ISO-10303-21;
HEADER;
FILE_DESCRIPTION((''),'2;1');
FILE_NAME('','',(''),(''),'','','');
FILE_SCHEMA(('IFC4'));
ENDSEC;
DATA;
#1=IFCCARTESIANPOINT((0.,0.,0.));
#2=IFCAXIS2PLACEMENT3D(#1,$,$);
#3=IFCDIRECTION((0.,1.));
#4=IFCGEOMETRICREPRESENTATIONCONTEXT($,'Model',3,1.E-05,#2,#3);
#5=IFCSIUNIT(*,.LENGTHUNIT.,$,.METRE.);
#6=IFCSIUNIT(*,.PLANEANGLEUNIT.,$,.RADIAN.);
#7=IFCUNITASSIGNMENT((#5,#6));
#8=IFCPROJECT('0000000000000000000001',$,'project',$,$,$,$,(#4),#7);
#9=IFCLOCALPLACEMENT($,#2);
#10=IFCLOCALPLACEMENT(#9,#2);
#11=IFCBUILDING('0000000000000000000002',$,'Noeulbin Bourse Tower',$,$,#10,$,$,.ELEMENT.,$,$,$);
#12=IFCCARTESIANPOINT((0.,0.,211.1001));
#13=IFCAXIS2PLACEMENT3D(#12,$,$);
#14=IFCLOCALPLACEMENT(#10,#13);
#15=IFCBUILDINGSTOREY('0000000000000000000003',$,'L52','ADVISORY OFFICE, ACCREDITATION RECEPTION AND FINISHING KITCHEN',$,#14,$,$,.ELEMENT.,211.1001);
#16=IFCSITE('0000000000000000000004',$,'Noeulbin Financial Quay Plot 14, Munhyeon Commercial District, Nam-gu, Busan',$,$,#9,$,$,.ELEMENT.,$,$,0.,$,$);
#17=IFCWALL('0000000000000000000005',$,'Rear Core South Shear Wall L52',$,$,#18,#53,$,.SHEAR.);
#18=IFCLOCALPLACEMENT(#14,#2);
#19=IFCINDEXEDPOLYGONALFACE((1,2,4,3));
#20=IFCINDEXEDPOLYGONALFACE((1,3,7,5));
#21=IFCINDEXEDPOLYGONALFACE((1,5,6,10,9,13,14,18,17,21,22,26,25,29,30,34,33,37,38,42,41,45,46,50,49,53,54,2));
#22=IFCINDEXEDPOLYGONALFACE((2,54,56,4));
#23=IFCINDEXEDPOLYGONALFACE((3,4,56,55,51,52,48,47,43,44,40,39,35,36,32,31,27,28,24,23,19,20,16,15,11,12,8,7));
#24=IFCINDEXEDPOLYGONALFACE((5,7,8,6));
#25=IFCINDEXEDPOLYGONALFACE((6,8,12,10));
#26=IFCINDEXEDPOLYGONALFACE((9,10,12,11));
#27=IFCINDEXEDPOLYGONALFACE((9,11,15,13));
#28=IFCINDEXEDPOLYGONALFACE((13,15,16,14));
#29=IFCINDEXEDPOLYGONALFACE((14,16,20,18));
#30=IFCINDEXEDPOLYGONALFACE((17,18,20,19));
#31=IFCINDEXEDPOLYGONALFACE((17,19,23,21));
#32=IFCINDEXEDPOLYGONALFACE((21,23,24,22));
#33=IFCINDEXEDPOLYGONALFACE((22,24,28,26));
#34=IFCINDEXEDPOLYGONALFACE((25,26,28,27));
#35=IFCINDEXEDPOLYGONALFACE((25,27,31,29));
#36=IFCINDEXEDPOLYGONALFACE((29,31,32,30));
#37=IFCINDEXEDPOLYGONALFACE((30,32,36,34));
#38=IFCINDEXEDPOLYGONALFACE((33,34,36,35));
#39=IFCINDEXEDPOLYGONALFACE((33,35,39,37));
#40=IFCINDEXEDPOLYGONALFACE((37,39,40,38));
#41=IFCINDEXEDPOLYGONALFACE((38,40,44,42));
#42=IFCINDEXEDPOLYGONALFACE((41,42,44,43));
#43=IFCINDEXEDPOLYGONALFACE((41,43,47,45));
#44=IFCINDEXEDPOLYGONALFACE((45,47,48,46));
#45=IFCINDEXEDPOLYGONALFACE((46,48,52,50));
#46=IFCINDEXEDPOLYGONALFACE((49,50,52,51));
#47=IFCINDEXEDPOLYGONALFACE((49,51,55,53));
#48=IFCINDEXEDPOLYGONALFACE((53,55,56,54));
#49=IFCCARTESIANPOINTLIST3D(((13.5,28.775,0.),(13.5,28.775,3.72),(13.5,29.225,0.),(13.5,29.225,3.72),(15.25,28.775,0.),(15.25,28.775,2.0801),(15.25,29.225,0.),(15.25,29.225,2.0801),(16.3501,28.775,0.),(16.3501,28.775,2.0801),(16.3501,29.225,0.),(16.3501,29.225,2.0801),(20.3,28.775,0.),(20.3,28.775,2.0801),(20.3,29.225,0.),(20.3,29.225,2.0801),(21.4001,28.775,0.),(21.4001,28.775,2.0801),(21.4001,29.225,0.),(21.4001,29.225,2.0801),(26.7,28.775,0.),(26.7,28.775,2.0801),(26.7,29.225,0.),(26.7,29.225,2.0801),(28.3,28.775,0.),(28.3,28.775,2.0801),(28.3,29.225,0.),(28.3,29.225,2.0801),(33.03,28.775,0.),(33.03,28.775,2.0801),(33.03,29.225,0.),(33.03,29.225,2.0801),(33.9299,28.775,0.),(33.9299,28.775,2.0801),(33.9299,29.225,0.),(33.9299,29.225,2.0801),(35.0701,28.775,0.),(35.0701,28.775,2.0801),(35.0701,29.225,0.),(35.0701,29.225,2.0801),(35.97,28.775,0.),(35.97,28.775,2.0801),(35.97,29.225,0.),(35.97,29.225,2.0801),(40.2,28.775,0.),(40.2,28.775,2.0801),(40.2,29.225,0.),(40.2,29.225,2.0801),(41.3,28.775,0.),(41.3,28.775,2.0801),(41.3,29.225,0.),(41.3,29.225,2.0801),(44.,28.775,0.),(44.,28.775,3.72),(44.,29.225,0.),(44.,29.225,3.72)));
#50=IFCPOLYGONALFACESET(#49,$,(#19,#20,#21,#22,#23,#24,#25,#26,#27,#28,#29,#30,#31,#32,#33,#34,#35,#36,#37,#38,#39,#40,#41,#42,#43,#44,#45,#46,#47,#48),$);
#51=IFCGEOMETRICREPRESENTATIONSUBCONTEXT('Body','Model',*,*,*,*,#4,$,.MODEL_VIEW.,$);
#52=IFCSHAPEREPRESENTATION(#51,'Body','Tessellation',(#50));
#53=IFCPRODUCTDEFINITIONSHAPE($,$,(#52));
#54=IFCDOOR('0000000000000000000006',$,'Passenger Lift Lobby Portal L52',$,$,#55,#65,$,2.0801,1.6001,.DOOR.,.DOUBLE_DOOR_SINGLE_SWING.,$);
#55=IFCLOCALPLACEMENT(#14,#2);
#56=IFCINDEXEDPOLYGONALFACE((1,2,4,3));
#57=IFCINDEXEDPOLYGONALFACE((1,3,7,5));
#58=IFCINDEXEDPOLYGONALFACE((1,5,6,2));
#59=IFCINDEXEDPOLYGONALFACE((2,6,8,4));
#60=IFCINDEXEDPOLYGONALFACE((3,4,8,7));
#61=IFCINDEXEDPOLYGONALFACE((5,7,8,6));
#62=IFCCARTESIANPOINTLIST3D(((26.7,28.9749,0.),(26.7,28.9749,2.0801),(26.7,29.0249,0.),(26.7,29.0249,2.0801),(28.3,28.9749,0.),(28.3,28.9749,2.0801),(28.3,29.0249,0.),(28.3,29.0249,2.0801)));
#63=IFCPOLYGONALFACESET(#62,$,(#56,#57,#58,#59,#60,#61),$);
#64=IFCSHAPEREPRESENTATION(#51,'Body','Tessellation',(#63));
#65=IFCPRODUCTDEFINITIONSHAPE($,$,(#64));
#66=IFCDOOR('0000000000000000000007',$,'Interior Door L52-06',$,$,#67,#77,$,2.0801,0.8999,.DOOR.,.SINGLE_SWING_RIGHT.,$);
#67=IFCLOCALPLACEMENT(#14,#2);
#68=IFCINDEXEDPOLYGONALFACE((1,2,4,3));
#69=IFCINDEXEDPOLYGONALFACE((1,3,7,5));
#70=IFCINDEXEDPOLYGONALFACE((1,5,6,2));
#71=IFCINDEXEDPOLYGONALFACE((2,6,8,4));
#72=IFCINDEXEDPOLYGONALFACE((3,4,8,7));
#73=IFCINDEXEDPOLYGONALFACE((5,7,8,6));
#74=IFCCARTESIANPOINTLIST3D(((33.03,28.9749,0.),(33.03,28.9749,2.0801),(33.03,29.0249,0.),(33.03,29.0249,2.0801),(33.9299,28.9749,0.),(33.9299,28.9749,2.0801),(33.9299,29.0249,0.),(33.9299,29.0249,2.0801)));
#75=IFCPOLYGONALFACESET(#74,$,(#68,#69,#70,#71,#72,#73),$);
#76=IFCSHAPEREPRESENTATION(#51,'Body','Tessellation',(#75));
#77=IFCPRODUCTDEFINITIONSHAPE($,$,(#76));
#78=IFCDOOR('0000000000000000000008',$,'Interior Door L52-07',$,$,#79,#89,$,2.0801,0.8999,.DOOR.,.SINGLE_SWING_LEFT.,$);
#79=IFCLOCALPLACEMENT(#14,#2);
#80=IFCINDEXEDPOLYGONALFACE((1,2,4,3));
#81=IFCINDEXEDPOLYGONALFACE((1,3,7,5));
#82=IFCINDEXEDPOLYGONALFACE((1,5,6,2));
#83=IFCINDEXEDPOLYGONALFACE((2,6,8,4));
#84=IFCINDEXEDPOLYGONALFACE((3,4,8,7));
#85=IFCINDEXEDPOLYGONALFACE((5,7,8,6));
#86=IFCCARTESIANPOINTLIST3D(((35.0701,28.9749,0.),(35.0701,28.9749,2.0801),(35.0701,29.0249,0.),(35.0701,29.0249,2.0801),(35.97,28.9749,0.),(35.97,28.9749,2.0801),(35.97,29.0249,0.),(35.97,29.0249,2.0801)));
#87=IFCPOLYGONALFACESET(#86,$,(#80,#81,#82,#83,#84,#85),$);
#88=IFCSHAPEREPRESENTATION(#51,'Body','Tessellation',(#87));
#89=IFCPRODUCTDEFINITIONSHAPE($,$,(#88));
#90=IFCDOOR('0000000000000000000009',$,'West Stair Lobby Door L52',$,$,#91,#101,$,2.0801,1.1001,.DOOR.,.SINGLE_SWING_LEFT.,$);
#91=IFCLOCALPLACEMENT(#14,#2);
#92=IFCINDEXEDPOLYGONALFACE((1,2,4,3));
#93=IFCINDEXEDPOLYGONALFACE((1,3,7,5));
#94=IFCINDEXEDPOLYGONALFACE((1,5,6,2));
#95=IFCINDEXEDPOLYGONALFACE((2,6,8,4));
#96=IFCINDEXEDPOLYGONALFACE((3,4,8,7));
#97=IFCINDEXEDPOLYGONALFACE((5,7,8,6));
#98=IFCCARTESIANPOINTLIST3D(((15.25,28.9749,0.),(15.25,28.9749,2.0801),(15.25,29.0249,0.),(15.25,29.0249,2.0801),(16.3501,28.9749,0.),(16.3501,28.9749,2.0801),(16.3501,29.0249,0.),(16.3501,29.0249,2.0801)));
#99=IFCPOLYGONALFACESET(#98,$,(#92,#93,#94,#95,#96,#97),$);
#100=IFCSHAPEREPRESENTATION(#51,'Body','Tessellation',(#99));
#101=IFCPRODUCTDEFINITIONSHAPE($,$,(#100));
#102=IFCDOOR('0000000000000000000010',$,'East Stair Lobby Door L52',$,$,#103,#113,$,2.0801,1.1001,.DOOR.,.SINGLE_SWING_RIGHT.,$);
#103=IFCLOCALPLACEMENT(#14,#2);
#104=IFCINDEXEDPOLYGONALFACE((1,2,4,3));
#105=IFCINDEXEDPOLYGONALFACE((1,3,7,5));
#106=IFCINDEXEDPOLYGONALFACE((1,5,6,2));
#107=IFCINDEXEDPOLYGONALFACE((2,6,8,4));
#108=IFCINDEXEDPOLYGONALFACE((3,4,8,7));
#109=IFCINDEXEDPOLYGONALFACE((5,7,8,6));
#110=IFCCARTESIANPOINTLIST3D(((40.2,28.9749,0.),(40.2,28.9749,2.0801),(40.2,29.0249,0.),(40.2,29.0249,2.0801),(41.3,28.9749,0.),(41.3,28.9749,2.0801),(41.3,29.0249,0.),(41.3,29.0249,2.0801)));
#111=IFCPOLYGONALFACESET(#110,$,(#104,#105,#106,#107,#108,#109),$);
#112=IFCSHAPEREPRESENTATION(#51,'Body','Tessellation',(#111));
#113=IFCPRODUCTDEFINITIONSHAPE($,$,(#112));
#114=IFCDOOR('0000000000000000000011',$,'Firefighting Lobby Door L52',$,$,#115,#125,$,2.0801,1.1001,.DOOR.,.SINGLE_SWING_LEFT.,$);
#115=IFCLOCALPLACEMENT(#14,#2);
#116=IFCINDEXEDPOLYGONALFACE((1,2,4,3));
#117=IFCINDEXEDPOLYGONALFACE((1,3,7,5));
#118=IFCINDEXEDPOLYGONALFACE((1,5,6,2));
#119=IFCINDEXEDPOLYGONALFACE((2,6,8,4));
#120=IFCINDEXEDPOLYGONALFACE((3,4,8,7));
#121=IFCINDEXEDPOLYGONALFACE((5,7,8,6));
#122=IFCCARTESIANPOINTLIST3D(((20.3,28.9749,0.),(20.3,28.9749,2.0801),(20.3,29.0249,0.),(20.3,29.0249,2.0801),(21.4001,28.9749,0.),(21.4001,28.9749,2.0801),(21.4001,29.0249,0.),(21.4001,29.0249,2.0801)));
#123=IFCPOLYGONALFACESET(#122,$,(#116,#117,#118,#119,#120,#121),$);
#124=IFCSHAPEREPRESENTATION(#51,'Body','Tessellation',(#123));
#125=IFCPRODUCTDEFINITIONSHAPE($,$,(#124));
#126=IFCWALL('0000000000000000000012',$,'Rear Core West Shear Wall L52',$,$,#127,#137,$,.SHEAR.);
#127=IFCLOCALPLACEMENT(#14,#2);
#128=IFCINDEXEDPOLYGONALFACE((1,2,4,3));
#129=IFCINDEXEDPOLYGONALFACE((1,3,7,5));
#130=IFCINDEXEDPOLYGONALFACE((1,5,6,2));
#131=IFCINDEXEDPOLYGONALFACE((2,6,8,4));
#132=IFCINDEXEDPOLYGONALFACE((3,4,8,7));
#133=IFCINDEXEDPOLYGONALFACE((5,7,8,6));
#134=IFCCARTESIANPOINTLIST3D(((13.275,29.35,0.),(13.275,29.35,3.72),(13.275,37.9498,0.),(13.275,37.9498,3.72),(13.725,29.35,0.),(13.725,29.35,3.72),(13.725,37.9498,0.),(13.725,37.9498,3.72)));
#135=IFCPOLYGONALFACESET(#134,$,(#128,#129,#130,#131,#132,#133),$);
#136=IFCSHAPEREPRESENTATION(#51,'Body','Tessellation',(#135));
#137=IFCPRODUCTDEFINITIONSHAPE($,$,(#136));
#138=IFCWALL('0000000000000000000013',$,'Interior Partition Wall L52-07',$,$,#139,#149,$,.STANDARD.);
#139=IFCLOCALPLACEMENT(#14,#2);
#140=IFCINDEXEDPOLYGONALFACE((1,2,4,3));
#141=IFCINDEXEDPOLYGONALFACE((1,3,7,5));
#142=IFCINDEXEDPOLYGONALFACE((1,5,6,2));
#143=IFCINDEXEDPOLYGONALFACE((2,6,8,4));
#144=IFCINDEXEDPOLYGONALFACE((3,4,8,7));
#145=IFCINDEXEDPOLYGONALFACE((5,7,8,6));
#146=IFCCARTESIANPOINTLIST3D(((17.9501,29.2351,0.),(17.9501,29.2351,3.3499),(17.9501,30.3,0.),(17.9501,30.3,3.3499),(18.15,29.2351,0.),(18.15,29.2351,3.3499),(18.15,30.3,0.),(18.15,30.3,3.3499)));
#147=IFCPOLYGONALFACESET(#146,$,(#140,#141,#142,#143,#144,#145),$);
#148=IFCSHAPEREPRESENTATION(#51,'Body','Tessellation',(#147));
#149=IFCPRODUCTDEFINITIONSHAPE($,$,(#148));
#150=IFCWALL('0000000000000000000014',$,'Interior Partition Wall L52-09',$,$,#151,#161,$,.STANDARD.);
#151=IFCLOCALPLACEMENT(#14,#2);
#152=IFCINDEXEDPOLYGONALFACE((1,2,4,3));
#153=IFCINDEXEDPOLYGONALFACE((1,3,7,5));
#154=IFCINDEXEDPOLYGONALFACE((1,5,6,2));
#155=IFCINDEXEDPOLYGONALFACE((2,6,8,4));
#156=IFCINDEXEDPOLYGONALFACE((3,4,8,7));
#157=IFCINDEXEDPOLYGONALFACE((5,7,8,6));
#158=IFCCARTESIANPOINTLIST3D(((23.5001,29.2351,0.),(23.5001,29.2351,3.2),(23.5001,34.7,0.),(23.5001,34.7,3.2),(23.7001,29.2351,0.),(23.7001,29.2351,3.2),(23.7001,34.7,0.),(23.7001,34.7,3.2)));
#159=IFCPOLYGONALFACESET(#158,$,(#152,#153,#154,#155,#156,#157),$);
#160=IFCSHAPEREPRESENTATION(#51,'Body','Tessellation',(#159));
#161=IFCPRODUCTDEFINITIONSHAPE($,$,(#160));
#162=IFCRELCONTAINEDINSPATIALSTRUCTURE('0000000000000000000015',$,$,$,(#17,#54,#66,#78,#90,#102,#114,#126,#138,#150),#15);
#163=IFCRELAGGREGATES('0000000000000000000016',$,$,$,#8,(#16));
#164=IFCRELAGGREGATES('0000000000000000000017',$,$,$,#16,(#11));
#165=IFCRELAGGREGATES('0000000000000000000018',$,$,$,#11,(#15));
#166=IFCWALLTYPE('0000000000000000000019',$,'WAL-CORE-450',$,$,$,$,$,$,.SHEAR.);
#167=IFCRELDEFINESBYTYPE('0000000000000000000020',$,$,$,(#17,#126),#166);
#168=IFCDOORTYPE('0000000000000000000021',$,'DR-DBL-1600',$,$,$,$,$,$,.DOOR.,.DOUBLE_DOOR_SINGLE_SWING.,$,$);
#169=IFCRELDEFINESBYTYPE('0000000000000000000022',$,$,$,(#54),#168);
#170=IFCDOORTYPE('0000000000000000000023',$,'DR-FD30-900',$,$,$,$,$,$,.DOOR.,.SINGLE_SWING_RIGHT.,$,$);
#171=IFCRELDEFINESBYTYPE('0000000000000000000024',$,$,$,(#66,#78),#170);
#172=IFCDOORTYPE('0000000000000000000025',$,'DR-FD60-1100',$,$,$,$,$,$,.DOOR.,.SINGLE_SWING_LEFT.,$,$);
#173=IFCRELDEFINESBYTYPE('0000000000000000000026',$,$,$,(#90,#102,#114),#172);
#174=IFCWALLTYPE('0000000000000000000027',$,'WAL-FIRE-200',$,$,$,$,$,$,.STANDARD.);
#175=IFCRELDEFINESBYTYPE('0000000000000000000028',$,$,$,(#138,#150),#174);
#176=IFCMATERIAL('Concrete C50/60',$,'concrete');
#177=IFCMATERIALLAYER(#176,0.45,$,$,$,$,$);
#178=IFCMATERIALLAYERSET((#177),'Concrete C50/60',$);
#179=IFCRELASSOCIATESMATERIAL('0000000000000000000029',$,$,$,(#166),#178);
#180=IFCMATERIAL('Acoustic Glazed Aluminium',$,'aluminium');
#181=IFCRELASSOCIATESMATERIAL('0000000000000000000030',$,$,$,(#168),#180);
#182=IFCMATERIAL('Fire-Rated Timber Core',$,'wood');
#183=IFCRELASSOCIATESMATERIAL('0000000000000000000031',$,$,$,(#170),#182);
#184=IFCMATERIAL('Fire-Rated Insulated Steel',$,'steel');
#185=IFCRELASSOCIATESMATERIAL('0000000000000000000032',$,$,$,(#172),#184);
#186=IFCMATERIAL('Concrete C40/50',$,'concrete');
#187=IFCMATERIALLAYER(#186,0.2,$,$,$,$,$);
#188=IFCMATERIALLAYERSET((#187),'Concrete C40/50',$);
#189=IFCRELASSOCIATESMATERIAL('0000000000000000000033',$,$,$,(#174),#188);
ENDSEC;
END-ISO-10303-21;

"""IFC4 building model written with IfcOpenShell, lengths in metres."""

from ifc_helpers import new_model, si_unit, direction, frame, frame_2d, origin, place, context, subcontext, project, spatial, rectangle, extrude, material, layer, layer_set, type_object, element, fill, save


model = new_model("IFC4")

# Units and contexts
model_context = context("Model", 3, precision=1e-05, world=origin(), true_north=direction((0.0, 1.0)))
body_context = subcontext(model_context, "Body", "Model", "MODEL_VIEW")
ifc_project = project(units=[si_unit("LENGTHUNIT", "METRE"), si_unit("PLANEANGLEUNIT", "RADIAN")], contexts=[model_context])

# Site, building, storey
site_placement = place(None, origin())
site = spatial("IfcSite", under=ifc_project, at=site_placement, Name="Noeulbin Financial Quay Plot 14, Munhyeon Commercial District, Nam-gu, Busan", CompositionType="ELEMENT", RefElevation=0.0)
building_placement = place(site_placement, origin())
building = spatial("IfcBuilding", under=site, at=building_placement, Name="Noeulbin Bourse Tower", CompositionType="ELEMENT")
storey_placement = place(building_placement, frame((0.0, 0.0, 211.1001)))
storey = spatial("IfcBuildingStorey", under=building, at=storey_placement, Name="L52", Description="ADVISORY OFFICE, ACCREDITATION RECEPTION AND FINISHING KITCHEN", CompositionType="ELEMENT", Elevation=211.1001)

# Wall, openings, doors
ifc_material_1 = material(Name="Concrete C50/60", Category="concrete")
ifc_layer_1 = layer(ifc_material_1, 0.45)
ifc_layer_set_1 = layer_set([ifc_layer_1], Name="Concrete C50/60")
wall_type_1 = type_object("IfcWallType", Name="WAL-CORE-450", PredefinedType="SHEAR", material=ifc_layer_set_1)
wall_1_placement = place(storey_placement, frame((13.5, 29.0, 0.0), z_axis=(0.0, 0.0, 1.0), x_axis=(1.0, 0.0, 0.0)))
wall_1 = element("IfcWall", 1, at=wall_1_placement, inside=storey, type_object=wall_type_1, Name="Rear Core South Shear Wall L52", PredefinedType="SHEAR", context=body_context, shape_type="SweptSolid", body=[
    extrude(rectangle(XDim=30.5, YDim=0.45, at=frame_2d((15.25, 0.0))), origin(), (0.0, 0.0, 1.0), 3.72),
])
opening_1_placement = place(wall_1_placement, frame((1.75, 0.0, 0.0)))
opening_1 = element("IfcOpeningElement", 2, at=opening_1_placement, cuts=wall_1, PredefinedType="OPENING", context=body_context, shape_type="SweptSolid", body=[
    extrude(rectangle(XDim=1.1001, YDim=2.0801, at=frame_2d((0.55, 1.04))), frame((0.0, 0.2349, 0.0), z_axis=(0.0, -1.0, 0.0), x_axis=(1.0, 0.0, 0.0)), (0.0, 0.0, 1.0), 0.47),
])
opening_2_placement = place(wall_1_placement, frame((26.7, 0.0, 0.0)))
opening_2 = element("IfcOpeningElement", 3, at=opening_2_placement, cuts=wall_1, PredefinedType="OPENING", context=body_context, shape_type="SweptSolid", body=[
    extrude(rectangle(XDim=1.1001, YDim=2.0801, at=frame_2d((0.55, 1.04))), frame((0.0, 0.2349, 0.0), z_axis=(0.0, -1.0, 0.0), x_axis=(1.0, 0.0, 0.0)), (0.0, 0.0, 1.0), 0.47),
])
opening_3_placement = place(wall_1_placement, frame((6.8, 0.0, 0.0)))
opening_3 = element("IfcOpeningElement", 4, at=opening_3_placement, cuts=wall_1, PredefinedType="OPENING", context=body_context, shape_type="SweptSolid", body=[
    extrude(rectangle(XDim=1.1001, YDim=2.0801, at=frame_2d((0.55, 1.04))), frame((0.0, 0.2349, 0.0), z_axis=(0.0, -1.0, 0.0), x_axis=(1.0, 0.0, 0.0)), (0.0, 0.0, 1.0), 0.47),
])
opening_4_placement = place(wall_1_placement, frame((13.2, 0.0, 0.0)))
opening_4 = element("IfcOpeningElement", 5, at=opening_4_placement, cuts=wall_1, PredefinedType="OPENING", context=body_context, shape_type="SweptSolid", body=[
    extrude(rectangle(XDim=1.6001, YDim=2.0801, at=frame_2d((0.8, 1.04))), frame((0.0, 0.2349, 0.0), z_axis=(0.0, -1.0, 0.0), x_axis=(1.0, 0.0, 0.0)), (0.0, 0.0, 1.0), 0.47),
])
opening_5_placement = place(wall_1_placement, frame((19.53, 0.0, 0.0)))
opening_5 = element("IfcOpeningElement", 6, at=opening_5_placement, cuts=wall_1, PredefinedType="OPENING", context=body_context, shape_type="SweptSolid", body=[
    extrude(rectangle(XDim=0.8999, YDim=2.0801, at=frame_2d((0.45, 1.04))), frame((0.0, 0.2349, 0.0), z_axis=(0.0, -1.0, 0.0), x_axis=(1.0, 0.0, 0.0)), (0.0, 0.0, 1.0), 0.47),
])
opening_6_placement = place(wall_1_placement, frame((21.5701, 0.0, 0.0)))
opening_6 = element("IfcOpeningElement", 7, at=opening_6_placement, cuts=wall_1, PredefinedType="OPENING", context=body_context, shape_type="SweptSolid", body=[
    extrude(rectangle(XDim=0.8999, YDim=2.0801, at=frame_2d((0.45, 1.04))), frame((0.0, 0.2349, 0.0), z_axis=(0.0, -1.0, 0.0), x_axis=(1.0, 0.0, 0.0)), (0.0, 0.0, 1.0), 0.47),
])
ifc_material_2 = material(Name="Acoustic Glazed Aluminium", Category="aluminium")
door_type_1 = type_object("IfcDoorType", Name="DR-DBL-1600", OperationType="DOUBLE_DOOR_SINGLE_SWING", PredefinedType="DOOR", material=ifc_material_2)
door_1_placement = place(opening_4_placement, origin())
door_1 = element("IfcDoor", 8, at=door_1_placement, inside=storey, type_object=door_type_1, Name="Passenger Lift Lobby Portal L52", OperationType="DOUBLE_DOOR_SINGLE_SWING", OverallHeight=2.0801, OverallWidth=1.6001, PredefinedType="DOOR", context=body_context, shape_type="SweptSolid", body=[
    extrude(rectangle(XDim=1.6001, YDim=2.0801, at=frame_2d((0.8, 1.04))), frame((0.0, 0.0249, 0.0), z_axis=(0.0, -1.0, 0.0), x_axis=(1.0, 0.0, 0.0)), (0.0, 0.0, 1.0), 0.05),
])
fill(opening_4, door_1)
ifc_material_3 = material(Name="Fire-Rated Timber Core", Category="wood")
door_type_2 = type_object("IfcDoorType", Name="DR-FD30-900", OperationType="SINGLE_SWING_RIGHT", PredefinedType="DOOR", material=ifc_material_3)
door_2_placement = place(opening_5_placement, origin())
door_2 = element("IfcDoor", 9, at=door_2_placement, inside=storey, type_object=door_type_2, Name="Interior Door L52-06", OperationType="SINGLE_SWING_RIGHT", OverallHeight=2.0801, OverallWidth=0.8999, PredefinedType="DOOR", context=body_context, shape_type="SweptSolid", body=[
    extrude(rectangle(XDim=0.8999, YDim=2.0801, at=frame_2d((0.45, 1.04))), frame((0.0, 0.0249, 0.0), z_axis=(0.0, -1.0, 0.0), x_axis=(1.0, 0.0, 0.0)), (0.0, 0.0, 1.0), 0.05),
])
fill(opening_5, door_2)
door_3_placement = place(opening_6_placement, origin())
door_3 = element("IfcDoor", 10, at=door_3_placement, inside=storey, type_object=door_type_2, Name="Interior Door L52-07", OperationType="SINGLE_SWING_LEFT", OverallHeight=2.0801, OverallWidth=0.8999, PredefinedType="DOOR", context=body_context, shape_type="SweptSolid", body=[
    extrude(rectangle(XDim=0.8999, YDim=2.0801, at=frame_2d((0.45, 1.04))), frame((0.0, 0.0249, 0.0), z_axis=(0.0, -1.0, 0.0), x_axis=(1.0, 0.0, 0.0)), (0.0, 0.0, 1.0), 0.05),
])
fill(opening_6, door_3)
ifc_material_4 = material(Name="Fire-Rated Insulated Steel", Category="steel")
door_type_3 = type_object("IfcDoorType", Name="DR-FD60-1100", OperationType="SINGLE_SWING_LEFT", PredefinedType="DOOR", material=ifc_material_4)
door_4_placement = place(opening_1_placement, origin())
door_4 = element("IfcDoor", 11, at=door_4_placement, inside=storey, type_object=door_type_3, Name="West Stair Lobby Door L52", OperationType="SINGLE_SWING_LEFT", OverallHeight=2.0801, OverallWidth=1.1001, PredefinedType="DOOR", context=body_context, shape_type="SweptSolid", body=[
    extrude(rectangle(XDim=1.1001, YDim=2.0801, at=frame_2d((0.55, 1.04))), frame((0.0, 0.0249, 0.0), z_axis=(0.0, -1.0, 0.0), x_axis=(1.0, 0.0, 0.0)), (0.0, 0.0, 1.0), 0.05),
])
fill(opening_1, door_4)
door_5_placement = place(opening_2_placement, origin())
door_5 = element("IfcDoor", 12, at=door_5_placement, inside=storey, type_object=door_type_3, Name="East Stair Lobby Door L52", OperationType="SINGLE_SWING_RIGHT", OverallHeight=2.0801, OverallWidth=1.1001, PredefinedType="DOOR", context=body_context, shape_type="SweptSolid", body=[
    extrude(rectangle(XDim=1.1001, YDim=2.0801, at=frame_2d((0.55, 1.04))), frame((0.0, 0.0249, 0.0), z_axis=(0.0, -1.0, 0.0), x_axis=(1.0, 0.0, 0.0)), (0.0, 0.0, 1.0), 0.05),
])
fill(opening_2, door_5)
door_6_placement = place(opening_3_placement, origin())
door_6 = element("IfcDoor", 13, at=door_6_placement, inside=storey, type_object=door_type_3, Name="Firefighting Lobby Door L52", OperationType="SINGLE_SWING_LEFT", OverallHeight=2.0801, OverallWidth=1.1001, PredefinedType="DOOR", context=body_context, shape_type="SweptSolid", body=[
    extrude(rectangle(XDim=1.1001, YDim=2.0801, at=frame_2d((0.55, 1.04))), frame((0.0, 0.0249, 0.0), z_axis=(0.0, -1.0, 0.0), x_axis=(1.0, 0.0, 0.0)), (0.0, 0.0, 1.0), 0.05),
])
fill(opening_3, door_6)

# Walls
wall_2_placement = place(storey_placement, frame((13.5, 29.3501, 0.0), z_axis=(0.0, 0.0, 1.0), x_axis=(0.0, 1.0, 0.0)))
element("IfcWall", 14, at=wall_2_placement, inside=storey, type_object=wall_type_1, Name="Rear Core West Shear Wall L52", PredefinedType="SHEAR", context=body_context, shape_type="SweptSolid", body=[
    extrude(rectangle(XDim=8.5999, YDim=0.45, at=frame_2d((4.2998, 0.0))), origin(), (0.0, 0.0, 1.0), 3.72),
])
ifc_material_5 = material(Name="Concrete C40/50", Category="concrete")
ifc_layer_2 = layer(ifc_material_5, 0.2)
ifc_layer_set_2 = layer_set([ifc_layer_2], Name="Concrete C40/50")
wall_type_2 = type_object("IfcWallType", Name="WAL-FIRE-200", PredefinedType="STANDARD", material=ifc_layer_set_2)
wall_3_placement = place(storey_placement, frame((18.05, 29.2351, 0.0), z_axis=(0.0, 0.0, 1.0), x_axis=(0.0, 1.0, 0.0)))
element("IfcWall", 15, at=wall_3_placement, inside=storey, type_object=wall_type_2, Name="Interior Partition Wall L52-07", PredefinedType="STANDARD", context=body_context, shape_type="SweptSolid", body=[
    extrude(rectangle(XDim=1.0649, YDim=0.2, at=frame_2d((0.5325, 0.0))), origin(), (0.0, 0.0, 1.0), 3.3499),
])
wall_4_placement = place(storey_placement, frame((23.6001, 29.2351, 0.0), z_axis=(0.0, 0.0, 1.0), x_axis=(0.0, 1.0, 0.0)))
element("IfcWall", 16, at=wall_4_placement, inside=storey, type_object=wall_type_2, Name="Interior Partition Wall L52-09", PredefinedType="STANDARD", context=body_context, shape_type="SweptSolid", body=[
    extrude(rectangle(XDim=5.4648, YDim=0.2, at=frame_2d((2.7324, 0.0))), origin(), (0.0, 0.0, 1.0), 3.2),
])

save(model, "model.ifc")
